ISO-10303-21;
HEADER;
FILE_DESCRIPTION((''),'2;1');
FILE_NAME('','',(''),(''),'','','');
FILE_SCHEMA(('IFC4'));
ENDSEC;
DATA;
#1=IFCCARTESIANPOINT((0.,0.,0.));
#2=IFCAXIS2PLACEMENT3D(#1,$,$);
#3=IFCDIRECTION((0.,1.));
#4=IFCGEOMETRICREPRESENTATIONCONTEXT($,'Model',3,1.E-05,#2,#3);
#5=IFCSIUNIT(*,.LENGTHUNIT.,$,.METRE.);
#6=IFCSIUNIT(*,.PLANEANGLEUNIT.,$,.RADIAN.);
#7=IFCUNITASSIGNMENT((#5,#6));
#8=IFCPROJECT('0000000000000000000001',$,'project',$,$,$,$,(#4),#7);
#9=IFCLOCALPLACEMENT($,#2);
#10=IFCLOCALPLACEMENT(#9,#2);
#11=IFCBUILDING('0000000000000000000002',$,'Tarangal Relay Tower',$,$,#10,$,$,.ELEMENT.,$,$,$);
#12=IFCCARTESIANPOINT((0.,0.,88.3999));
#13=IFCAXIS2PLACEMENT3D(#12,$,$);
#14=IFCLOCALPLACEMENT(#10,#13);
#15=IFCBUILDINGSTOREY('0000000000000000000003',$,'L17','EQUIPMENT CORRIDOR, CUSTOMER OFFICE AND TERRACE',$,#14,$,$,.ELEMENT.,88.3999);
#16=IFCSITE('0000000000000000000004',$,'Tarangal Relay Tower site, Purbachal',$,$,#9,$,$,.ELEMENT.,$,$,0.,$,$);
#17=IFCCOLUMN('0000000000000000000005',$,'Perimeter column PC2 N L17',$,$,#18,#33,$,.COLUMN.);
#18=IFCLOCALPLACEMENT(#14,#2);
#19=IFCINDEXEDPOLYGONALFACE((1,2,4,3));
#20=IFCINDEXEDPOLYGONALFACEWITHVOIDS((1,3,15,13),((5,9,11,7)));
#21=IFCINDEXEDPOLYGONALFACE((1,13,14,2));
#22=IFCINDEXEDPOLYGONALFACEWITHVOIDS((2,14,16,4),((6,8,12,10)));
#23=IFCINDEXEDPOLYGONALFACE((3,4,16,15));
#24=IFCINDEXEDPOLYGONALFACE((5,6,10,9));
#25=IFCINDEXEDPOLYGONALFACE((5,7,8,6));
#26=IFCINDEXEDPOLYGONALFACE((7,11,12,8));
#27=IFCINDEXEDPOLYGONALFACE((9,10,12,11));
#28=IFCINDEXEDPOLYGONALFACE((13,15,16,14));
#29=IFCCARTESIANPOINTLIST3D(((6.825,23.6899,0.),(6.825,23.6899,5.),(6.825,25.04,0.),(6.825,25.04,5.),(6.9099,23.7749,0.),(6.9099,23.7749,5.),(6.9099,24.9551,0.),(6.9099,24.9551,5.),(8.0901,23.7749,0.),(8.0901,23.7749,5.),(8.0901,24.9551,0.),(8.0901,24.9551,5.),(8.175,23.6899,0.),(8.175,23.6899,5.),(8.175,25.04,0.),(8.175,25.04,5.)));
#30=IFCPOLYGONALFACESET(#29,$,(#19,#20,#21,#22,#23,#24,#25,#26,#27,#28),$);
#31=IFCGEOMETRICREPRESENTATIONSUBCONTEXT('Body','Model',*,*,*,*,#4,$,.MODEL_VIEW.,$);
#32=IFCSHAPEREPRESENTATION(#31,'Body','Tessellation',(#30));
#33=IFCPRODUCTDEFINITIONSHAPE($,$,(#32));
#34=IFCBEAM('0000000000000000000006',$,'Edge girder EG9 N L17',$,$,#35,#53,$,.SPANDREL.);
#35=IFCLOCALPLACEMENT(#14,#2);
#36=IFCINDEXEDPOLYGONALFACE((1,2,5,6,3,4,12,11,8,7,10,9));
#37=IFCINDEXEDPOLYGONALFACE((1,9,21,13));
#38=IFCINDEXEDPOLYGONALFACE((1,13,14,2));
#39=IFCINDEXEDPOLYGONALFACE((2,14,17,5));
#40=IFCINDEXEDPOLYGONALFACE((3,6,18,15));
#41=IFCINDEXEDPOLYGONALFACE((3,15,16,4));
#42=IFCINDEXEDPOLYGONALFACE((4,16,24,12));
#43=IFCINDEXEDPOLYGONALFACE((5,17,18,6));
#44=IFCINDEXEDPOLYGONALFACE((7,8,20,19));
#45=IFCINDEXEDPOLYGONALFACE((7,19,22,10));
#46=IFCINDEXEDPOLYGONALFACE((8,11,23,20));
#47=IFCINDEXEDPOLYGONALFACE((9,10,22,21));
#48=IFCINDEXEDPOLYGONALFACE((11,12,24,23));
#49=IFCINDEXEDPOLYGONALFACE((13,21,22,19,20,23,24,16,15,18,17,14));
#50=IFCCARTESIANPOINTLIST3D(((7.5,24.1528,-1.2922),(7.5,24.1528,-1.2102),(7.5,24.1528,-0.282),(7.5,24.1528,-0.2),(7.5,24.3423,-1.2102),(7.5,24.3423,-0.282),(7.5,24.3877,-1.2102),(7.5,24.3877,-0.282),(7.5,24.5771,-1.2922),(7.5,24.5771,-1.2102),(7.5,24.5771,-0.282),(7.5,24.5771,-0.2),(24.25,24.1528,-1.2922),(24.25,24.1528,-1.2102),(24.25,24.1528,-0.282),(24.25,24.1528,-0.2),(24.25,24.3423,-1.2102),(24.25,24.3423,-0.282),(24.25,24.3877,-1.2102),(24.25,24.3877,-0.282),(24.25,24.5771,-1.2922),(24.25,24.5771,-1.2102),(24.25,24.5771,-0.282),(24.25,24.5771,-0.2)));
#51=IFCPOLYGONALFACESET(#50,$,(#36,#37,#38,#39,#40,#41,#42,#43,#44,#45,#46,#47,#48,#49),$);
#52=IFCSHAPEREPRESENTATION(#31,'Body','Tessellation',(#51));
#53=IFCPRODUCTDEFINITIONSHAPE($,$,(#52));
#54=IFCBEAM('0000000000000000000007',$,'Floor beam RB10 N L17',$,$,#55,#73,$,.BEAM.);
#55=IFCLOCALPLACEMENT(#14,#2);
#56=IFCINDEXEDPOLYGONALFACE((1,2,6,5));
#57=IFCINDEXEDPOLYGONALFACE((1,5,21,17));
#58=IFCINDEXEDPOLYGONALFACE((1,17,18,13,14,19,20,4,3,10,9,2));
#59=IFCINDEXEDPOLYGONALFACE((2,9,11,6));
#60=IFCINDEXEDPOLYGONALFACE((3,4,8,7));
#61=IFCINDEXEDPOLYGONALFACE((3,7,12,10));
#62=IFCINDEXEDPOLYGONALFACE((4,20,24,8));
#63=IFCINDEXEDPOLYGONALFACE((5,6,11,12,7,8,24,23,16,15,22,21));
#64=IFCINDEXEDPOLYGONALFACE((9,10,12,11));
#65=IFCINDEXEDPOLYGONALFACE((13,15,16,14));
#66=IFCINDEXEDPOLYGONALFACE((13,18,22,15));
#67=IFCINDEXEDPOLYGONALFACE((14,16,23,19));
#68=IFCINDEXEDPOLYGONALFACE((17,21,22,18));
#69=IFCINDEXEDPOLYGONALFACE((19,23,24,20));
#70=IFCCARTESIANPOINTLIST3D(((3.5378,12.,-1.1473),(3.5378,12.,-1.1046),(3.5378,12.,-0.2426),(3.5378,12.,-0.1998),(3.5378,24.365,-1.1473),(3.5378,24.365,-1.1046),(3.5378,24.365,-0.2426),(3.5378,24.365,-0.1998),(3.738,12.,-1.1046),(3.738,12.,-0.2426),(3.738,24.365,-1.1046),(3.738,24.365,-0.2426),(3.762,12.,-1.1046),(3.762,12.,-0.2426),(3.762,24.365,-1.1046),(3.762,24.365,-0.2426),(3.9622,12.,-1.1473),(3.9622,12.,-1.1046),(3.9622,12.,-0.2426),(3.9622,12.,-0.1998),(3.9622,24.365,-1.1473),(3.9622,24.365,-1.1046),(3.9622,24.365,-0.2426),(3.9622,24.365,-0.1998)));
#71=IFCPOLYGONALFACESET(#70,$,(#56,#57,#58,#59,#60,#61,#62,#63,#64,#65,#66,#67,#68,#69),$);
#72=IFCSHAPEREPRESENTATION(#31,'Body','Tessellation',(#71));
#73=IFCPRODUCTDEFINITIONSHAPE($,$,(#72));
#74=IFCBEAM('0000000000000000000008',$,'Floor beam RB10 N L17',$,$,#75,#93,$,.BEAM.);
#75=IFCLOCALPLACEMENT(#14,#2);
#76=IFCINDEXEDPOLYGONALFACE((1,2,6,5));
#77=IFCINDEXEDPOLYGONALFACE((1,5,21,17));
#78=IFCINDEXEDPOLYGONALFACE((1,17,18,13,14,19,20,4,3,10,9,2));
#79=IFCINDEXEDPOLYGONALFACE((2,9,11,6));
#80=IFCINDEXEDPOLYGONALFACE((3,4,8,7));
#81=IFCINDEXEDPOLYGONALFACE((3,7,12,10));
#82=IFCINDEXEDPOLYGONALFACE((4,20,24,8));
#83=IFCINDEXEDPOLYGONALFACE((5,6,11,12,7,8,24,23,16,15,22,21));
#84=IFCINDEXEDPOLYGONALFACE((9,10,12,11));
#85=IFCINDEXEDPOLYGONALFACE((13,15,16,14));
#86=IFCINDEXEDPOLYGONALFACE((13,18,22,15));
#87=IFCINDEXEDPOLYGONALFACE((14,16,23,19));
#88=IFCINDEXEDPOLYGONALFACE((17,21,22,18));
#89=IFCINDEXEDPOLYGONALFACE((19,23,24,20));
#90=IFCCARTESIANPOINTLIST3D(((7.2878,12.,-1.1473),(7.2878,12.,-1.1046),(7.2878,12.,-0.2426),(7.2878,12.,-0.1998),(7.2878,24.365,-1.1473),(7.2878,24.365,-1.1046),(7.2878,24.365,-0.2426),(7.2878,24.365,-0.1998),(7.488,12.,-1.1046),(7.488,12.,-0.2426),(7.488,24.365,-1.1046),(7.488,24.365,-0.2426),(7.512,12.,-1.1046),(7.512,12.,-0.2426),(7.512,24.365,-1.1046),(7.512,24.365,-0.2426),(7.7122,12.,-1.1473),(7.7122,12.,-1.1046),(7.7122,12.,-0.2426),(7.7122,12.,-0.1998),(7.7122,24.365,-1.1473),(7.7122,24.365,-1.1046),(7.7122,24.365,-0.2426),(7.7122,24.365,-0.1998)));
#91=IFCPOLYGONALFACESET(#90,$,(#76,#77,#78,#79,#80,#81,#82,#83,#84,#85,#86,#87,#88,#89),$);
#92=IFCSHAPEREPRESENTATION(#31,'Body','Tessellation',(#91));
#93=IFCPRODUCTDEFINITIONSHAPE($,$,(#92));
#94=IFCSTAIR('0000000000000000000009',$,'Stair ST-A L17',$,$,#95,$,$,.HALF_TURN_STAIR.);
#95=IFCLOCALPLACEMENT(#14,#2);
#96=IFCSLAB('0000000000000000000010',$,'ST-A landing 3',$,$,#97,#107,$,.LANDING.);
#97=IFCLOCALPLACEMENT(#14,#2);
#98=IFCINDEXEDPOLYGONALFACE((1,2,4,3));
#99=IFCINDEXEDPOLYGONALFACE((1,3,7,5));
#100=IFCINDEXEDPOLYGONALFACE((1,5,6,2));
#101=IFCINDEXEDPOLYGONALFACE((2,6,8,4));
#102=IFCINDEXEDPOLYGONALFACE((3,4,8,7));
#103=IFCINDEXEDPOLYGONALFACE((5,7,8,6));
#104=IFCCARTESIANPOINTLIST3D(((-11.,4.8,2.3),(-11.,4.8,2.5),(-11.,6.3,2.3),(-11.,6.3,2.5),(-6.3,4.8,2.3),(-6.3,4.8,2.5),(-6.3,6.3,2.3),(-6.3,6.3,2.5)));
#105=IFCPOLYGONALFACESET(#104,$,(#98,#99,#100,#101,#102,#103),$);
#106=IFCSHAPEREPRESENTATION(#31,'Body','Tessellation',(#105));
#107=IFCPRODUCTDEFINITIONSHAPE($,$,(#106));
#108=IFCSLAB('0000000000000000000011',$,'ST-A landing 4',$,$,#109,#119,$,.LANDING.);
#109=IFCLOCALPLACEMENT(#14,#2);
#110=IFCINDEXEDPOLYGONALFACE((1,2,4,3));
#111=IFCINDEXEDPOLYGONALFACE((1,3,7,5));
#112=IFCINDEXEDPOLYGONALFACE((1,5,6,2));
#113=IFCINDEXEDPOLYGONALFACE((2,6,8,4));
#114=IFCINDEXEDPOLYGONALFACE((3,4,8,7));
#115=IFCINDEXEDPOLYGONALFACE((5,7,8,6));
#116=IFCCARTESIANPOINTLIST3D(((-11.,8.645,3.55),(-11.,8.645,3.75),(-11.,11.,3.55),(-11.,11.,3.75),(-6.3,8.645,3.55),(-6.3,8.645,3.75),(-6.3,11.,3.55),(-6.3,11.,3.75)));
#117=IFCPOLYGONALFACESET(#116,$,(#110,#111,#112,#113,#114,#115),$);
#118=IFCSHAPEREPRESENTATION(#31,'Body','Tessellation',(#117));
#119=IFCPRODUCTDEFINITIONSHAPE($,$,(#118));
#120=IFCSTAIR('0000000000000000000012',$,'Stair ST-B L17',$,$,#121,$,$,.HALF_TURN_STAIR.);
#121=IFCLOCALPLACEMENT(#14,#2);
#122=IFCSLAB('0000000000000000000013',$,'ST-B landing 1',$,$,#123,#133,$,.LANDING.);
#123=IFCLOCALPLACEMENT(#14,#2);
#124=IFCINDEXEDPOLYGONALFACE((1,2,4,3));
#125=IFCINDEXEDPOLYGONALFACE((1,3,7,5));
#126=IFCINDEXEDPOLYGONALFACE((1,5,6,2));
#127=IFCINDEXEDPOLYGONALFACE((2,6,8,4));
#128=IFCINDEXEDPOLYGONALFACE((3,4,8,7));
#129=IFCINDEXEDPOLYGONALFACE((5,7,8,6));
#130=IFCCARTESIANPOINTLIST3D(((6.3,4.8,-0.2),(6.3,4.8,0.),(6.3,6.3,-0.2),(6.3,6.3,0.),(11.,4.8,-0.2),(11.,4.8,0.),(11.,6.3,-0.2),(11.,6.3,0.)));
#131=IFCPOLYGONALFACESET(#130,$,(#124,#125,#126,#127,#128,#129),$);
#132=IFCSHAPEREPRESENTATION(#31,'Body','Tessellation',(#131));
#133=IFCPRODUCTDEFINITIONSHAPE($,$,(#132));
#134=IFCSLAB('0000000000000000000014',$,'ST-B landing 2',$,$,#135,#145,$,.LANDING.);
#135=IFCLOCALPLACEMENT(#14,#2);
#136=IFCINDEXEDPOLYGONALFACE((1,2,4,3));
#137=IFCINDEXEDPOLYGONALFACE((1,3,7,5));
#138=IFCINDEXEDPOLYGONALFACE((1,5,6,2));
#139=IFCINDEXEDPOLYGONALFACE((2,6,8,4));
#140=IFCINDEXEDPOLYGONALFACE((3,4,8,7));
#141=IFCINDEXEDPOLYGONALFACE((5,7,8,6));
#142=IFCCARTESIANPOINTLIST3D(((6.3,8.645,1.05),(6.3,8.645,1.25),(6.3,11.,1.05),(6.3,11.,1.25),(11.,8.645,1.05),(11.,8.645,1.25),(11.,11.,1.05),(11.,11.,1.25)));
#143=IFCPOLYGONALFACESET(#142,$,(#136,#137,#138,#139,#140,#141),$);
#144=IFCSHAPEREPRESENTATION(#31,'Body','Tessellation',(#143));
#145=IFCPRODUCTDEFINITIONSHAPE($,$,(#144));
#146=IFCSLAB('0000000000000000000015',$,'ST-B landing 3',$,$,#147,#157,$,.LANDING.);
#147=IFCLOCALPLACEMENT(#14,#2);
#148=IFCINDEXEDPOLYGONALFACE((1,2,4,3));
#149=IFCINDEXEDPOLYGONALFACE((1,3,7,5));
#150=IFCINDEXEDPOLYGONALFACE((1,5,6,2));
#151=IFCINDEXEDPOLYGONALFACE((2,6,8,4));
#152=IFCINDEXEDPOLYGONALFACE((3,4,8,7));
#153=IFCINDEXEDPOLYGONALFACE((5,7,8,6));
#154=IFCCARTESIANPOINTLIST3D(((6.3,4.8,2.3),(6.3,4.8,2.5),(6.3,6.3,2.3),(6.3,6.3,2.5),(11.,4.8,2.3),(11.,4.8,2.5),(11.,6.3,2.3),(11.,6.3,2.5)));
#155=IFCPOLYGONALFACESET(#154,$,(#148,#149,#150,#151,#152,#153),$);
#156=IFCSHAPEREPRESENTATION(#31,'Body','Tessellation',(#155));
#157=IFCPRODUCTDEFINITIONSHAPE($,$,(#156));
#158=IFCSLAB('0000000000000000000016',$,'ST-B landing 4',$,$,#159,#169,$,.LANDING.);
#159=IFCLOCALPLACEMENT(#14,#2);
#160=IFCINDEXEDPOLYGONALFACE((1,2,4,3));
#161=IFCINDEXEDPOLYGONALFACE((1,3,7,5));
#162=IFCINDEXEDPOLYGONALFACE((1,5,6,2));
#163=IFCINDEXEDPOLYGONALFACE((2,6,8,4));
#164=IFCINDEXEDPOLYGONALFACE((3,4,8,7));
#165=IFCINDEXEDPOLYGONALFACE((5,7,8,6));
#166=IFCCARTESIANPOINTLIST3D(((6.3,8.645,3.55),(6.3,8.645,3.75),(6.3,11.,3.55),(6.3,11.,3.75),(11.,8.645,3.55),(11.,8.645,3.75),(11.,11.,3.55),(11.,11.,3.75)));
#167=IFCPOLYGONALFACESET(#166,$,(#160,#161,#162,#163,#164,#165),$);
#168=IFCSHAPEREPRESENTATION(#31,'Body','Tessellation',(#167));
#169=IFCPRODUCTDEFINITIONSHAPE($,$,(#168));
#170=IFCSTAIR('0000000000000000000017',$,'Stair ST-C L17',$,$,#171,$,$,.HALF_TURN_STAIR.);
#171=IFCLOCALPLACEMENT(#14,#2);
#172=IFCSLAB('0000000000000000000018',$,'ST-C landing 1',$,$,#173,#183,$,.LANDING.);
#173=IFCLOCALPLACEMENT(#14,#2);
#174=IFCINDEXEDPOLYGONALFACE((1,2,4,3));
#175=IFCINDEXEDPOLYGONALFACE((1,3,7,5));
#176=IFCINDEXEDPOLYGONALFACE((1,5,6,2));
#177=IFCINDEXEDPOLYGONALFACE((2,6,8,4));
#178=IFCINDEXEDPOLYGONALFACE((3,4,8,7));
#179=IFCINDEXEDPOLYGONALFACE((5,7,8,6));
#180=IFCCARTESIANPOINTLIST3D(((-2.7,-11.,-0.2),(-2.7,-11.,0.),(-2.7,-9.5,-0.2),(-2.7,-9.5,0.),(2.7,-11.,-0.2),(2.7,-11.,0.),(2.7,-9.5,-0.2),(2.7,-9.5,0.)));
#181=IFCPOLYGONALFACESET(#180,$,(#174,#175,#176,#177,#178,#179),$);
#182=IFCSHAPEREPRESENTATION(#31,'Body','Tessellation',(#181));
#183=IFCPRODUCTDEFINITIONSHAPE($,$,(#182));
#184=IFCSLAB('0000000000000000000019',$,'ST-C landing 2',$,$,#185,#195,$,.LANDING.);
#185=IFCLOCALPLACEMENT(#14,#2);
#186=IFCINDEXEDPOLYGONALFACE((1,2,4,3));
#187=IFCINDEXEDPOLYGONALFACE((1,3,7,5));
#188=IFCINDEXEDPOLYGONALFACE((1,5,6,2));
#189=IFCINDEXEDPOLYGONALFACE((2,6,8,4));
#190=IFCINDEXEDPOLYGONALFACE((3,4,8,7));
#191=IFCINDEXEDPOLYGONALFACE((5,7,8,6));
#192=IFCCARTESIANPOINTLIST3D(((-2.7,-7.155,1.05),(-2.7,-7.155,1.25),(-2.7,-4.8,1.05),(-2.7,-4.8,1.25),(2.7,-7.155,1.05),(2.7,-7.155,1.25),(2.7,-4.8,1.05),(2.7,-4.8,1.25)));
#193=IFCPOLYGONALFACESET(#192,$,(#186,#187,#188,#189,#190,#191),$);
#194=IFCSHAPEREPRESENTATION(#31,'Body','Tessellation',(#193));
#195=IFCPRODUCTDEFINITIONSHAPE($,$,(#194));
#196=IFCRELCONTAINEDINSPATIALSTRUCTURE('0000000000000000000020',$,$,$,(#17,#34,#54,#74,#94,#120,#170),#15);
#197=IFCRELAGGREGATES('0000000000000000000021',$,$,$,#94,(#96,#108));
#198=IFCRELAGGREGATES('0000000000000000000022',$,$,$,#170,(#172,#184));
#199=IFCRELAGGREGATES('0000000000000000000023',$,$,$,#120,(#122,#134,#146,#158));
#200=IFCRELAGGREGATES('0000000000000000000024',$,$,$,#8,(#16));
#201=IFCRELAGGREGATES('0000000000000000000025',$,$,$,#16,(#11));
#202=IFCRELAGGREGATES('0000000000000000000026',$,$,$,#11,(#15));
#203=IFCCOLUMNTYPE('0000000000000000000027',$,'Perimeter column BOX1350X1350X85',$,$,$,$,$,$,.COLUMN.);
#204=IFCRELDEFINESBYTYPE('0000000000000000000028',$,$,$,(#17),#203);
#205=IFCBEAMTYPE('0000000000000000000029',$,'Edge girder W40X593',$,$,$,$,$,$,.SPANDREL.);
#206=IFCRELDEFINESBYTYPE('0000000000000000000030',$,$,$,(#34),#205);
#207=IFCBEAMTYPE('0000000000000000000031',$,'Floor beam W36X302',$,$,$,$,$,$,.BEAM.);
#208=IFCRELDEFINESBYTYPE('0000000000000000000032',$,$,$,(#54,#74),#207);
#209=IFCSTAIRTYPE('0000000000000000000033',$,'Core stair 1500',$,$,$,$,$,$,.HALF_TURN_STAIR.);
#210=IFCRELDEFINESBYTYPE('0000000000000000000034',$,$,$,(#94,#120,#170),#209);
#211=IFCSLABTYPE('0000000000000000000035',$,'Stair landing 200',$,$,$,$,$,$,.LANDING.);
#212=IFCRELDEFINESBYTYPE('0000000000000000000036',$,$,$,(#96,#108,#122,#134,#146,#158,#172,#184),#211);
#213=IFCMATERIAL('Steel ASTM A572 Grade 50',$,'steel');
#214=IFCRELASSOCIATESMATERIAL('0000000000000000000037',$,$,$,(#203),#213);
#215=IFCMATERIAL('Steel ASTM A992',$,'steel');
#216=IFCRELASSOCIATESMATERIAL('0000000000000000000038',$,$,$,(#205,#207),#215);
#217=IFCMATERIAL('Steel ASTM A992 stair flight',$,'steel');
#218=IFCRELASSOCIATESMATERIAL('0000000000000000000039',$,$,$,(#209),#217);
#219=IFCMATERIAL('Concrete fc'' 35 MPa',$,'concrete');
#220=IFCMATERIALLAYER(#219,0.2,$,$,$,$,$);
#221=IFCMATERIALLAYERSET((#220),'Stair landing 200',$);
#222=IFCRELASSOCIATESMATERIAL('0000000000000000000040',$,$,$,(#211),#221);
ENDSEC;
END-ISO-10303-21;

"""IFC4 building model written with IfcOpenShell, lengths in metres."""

from ifc_helpers import new_model, si_unit, direction, frame, origin, origin_2d, place, context, subcontext, project, spatial, polyline, hollow_rectangle, i_section, outline, extrude, material, layer, layer_set, material_profile, profile_set, type_object, element, aggregate, save


model = new_model("IFC4")

# Units and contexts
model_context = context("Model", 3, precision=1e-05, world=origin(), true_north=direction((0.0, 1.0)))
body_context = subcontext(model_context, "Body", "Model", "MODEL_VIEW")
ifc_project = project(units=[si_unit("LENGTHUNIT", "METRE"), si_unit("PLANEANGLEUNIT", "RADIAN")], contexts=[model_context])

# Site, building, storey
site_placement = place(None, origin())
site = spatial("IfcSite", under=ifc_project, at=site_placement, Name="Tarangal Relay Tower site, Purbachal", CompositionType="ELEMENT", RefElevation=0.0)
building_placement = place(site_placement, origin())
building = spatial("IfcBuilding", under=site, at=building_placement, Name="Tarangal Relay Tower", CompositionType="ELEMENT")
storey_placement = place(building_placement, frame((0.0, 0.0, 88.3999)))
storey = spatial("IfcBuildingStorey", under=building, at=storey_placement, Name="L17", Description="EQUIPMENT CORRIDOR, CUSTOMER OFFICE AND TERRACE", CompositionType="ELEMENT", Elevation=88.3999)

# Column
ifc_material_1 = material(Name="Steel ASTM A572 Grade 50", Category="steel")
ifc_material_profile_1 = material_profile(ifc_material_1, hollow_rectangle(XDim=1.3501, YDim=1.3501, WallThickness=0.085, at=origin_2d()), Name="BOX1350X1350X85")
ifc_profile_set_1 = profile_set([ifc_material_profile_1], Name="Steel ASTM A572 Grade 50")
column_type = type_object("IfcColumnType", Name="Perimeter column BOX1350X1350X85", PredefinedType="COLUMN", material=ifc_profile_set_1)
column_placement = place(storey_placement, frame((7.5, 24.365, 0.0), z_axis=(0.0, 0.0, 1.0), x_axis=(1.0, 0.0, 0.0)))
element("IfcColumn", 1, at=column_placement, inside=storey, type_object=column_type, Name="Perimeter column PC2 N L17", PredefinedType="COLUMN", context=body_context, shape_type="SweptSolid", body=[
    extrude(hollow_rectangle(XDim=1.3501, YDim=1.3501, WallThickness=0.085, at=origin_2d()), origin(), (0.0, 0.0, 1.0), 5.0),
])

# Beams
ifc_material_2 = material(Name="Steel ASTM A992", Category="steel")
ifc_material_profile_2 = material_profile(ifc_material_2, i_section(OverallWidth=0.4243, OverallDepth=1.0923, WebThickness=0.0454, FlangeThickness=0.082, at=origin_2d()), Name="W40X593")
ifc_profile_set_2 = profile_set([ifc_material_profile_2], Name="Steel ASTM A992")
beam_type_1 = type_object("IfcBeamType", Name="Edge girder W40X593", PredefinedType="SPANDREL", material=ifc_profile_set_2)
beam_placement = place(storey_placement, frame((7.5, 24.365, -0.7461), z_axis=(1.0, 0.0, 0.0), x_axis=(0.0, 1.0, 0.0)))
element("IfcBeam", 2, at=beam_placement, inside=storey, type_object=beam_type_1, Name="Edge girder EG9 N L17", PredefinedType="SPANDREL", context=body_context, shape_type="SweptSolid", body=[
    extrude(i_section(OverallWidth=0.4243, OverallDepth=1.0923, WebThickness=0.0454, FlangeThickness=0.082, at=origin_2d()), origin(), (0.0, 0.0, 1.0), 16.75),
])
ifc_material_profile_3 = material_profile(ifc_material_2, i_section(OverallWidth=0.4243, OverallDepth=0.9475, WebThickness=0.0239, FlangeThickness=0.0427, at=origin_2d()), Name="W36X302")
ifc_profile_set_3 = profile_set([ifc_material_profile_3], Name="Steel ASTM A992")
beam_type_2 = type_object("IfcBeamType", Name="Floor beam W36X302", PredefinedType="BEAM", material=ifc_profile_set_3)
for number, where, z_axis, x_axis, name in (
    (3, (3.75, 12.0, -0.6736), (0.0, 1.0, 0.0), (-1.0, 0.0, 0.0), "Floor beam RB10 N L17"),
    (4, (7.5, 12.0, -0.6736), (0.0, 1.0, 0.0), (-1.0, 0.0, 0.0), "Floor beam RB10 N L17"),
):
    element("IfcBeam", number, at=place(storey_placement, frame(where, z_axis=z_axis, x_axis=x_axis)), inside=storey, type_object=beam_type_2, Name=name, PredefinedType="BEAM", context=body_context, shape_type="SweptSolid", body=[
        extrude(i_section(OverallWidth=0.4243, OverallDepth=0.9475, WebThickness=0.0239, FlangeThickness=0.0427, at=origin_2d()), origin(), (0.0, 0.0, 1.0), 12.365),
    ])

# Stairs, slabs
ifc_material_3 = material(Name="Steel ASTM A992 stair flight", Category="steel")
stair_type = type_object("IfcStairType", Name="Core stair 1500", PredefinedType="HALF_TURN_STAIR", material=ifc_material_3)
stair_1_placement = place(storey_placement, origin())
stair_1 = element("IfcStair", 5, at=stair_1_placement, inside=storey, type_object=stair_type, Name="Stair ST-A L17", PredefinedType="HALF_TURN_STAIR")
ifc_material_4 = material(Name="Concrete fc' 35 MPa", Category="concrete")
ifc_layer_1 = layer(ifc_material_4, 0.2)
ifc_layer_set_1 = layer_set([ifc_layer_1], Name="Stair landing 200")
slab_type = type_object("IfcSlabType", Name="Stair landing 200", PredefinedType="LANDING", material=ifc_layer_set_1)
slab_1_placement = place(storey_placement, frame((0.0, 0.0, 2.3)))
slab_1 = element("IfcSlab", 6, at=slab_1_placement, type_object=slab_type, Name="ST-A landing 3", PredefinedType="LANDING", context=body_context, shape_type="SweptSolid", body=[
    extrude(outline(polyline([(-11.0, 4.8), (-6.3, 4.8), (-6.3, 6.3), (-11.0, 6.3), (-11.0, 4.8)])), origin(), (0.0, 0.0, 1.0), 0.2),
])
slab_2_placement = place(storey_placement, frame((0.0, 0.0, 3.55)))
slab_2 = element("IfcSlab", 7, at=slab_2_placement, type_object=slab_type, Name="ST-A landing 4", PredefinedType="LANDING", context=body_context, shape_type="SweptSolid", body=[
    extrude(outline(polyline([(-11.0, 8.645), (-6.3, 8.645), (-6.3, 11.0), (-11.0, 11.0), (-11.0, 8.645)])), origin(), (0.0, 0.0, 1.0), 0.2),
])
aggregate(stair_1, [slab_1, slab_2])
stair_2_placement = place(storey_placement, origin())
stair_2 = element("IfcStair", 8, at=stair_2_placement, inside=storey, type_object=stair_type, Name="Stair ST-B L17", PredefinedType="HALF_TURN_STAIR")
slab_3_placement = place(storey_placement, frame((0.0, 0.0, -0.2)))
slab_3 = element("IfcSlab", 9, at=slab_3_placement, type_object=slab_type, Name="ST-B landing 1", PredefinedType="LANDING", context=body_context, shape_type="SweptSolid", body=[
    extrude(outline(polyline([(6.3, 4.8), (11.0, 4.8), (11.0, 6.3), (6.3, 6.3), (6.3, 4.8)])), origin(), (0.0, 0.0, 1.0), 0.2),
])
slab_4_placement = place(storey_placement, frame((0.0, 0.0, 1.05)))
slab_4 = element("IfcSlab", 10, at=slab_4_placement, type_object=slab_type, Name="ST-B landing 2", PredefinedType="LANDING", context=body_context, shape_type="SweptSolid", body=[
    extrude(outline(polyline([(6.3, 8.645), (11.0, 8.645), (11.0, 11.0), (6.3, 11.0), (6.3, 8.645)])), origin(), (0.0, 0.0, 1.0), 0.2),
])
slab_5_placement = place(storey_placement, frame((0.0, 0.0, 2.3)))
slab_5 = element("IfcSlab", 11, at=slab_5_placement, type_object=slab_type, Name="ST-B landing 3", PredefinedType="LANDING", context=body_context, shape_type="SweptSolid", body=[
    extrude(outline(polyline([(6.3, 4.8), (11.0, 4.8), (11.0, 6.3), (6.3, 6.3), (6.3, 4.8)])), origin(), (0.0, 0.0, 1.0), 0.2),
])
slab_6_placement = place(storey_placement, frame((0.0, 0.0, 3.55)))
slab_6 = element("IfcSlab", 12, at=slab_6_placement, type_object=slab_type, Name="ST-B landing 4", PredefinedType="LANDING", context=body_context, shape_type="SweptSolid", body=[
    extrude(outline(polyline([(6.3, 8.645), (11.0, 8.645), (11.0, 11.0), (6.3, 11.0), (6.3, 8.645)])), origin(), (0.0, 0.0, 1.0), 0.2),
])
stair_3_placement = place(storey_placement, origin())
stair_3 = element("IfcStair", 13, at=stair_3_placement, inside=storey, type_object=stair_type, Name="Stair ST-C L17", PredefinedType="HALF_TURN_STAIR")
slab_7_placement = place(storey_placement, frame((0.0, 0.0, -0.2)))
slab_7 = element("IfcSlab", 14, at=slab_7_placement, type_object=slab_type, Name="ST-C landing 1", PredefinedType="LANDING", context=body_context, shape_type="SweptSolid", body=[
    extrude(outline(polyline([(-2.7, -11.0), (2.7, -11.0), (2.7, -9.5), (-2.7, -9.5), (-2.7, -11.0)])), origin(), (0.0, 0.0, 1.0), 0.2),
])
slab_8_placement = place(storey_placement, frame((0.0, 0.0, 1.05)))
slab_8 = element("IfcSlab", 15, at=slab_8_placement, type_object=slab_type, Name="ST-C landing 2", PredefinedType="LANDING", context=body_context, shape_type="SweptSolid", body=[
    extrude(outline(polyline([(-2.7, -7.155), (2.7, -7.155), (2.7, -4.8), (-2.7, -4.8), (-2.7, -7.155)])), origin(), (0.0, 0.0, 1.0), 0.2),
])
aggregate(stair_3, [slab_7, slab_8])

aggregate(stair_2, [slab_3, slab_4, slab_5, slab_6])

save(model, "model.ifc")
